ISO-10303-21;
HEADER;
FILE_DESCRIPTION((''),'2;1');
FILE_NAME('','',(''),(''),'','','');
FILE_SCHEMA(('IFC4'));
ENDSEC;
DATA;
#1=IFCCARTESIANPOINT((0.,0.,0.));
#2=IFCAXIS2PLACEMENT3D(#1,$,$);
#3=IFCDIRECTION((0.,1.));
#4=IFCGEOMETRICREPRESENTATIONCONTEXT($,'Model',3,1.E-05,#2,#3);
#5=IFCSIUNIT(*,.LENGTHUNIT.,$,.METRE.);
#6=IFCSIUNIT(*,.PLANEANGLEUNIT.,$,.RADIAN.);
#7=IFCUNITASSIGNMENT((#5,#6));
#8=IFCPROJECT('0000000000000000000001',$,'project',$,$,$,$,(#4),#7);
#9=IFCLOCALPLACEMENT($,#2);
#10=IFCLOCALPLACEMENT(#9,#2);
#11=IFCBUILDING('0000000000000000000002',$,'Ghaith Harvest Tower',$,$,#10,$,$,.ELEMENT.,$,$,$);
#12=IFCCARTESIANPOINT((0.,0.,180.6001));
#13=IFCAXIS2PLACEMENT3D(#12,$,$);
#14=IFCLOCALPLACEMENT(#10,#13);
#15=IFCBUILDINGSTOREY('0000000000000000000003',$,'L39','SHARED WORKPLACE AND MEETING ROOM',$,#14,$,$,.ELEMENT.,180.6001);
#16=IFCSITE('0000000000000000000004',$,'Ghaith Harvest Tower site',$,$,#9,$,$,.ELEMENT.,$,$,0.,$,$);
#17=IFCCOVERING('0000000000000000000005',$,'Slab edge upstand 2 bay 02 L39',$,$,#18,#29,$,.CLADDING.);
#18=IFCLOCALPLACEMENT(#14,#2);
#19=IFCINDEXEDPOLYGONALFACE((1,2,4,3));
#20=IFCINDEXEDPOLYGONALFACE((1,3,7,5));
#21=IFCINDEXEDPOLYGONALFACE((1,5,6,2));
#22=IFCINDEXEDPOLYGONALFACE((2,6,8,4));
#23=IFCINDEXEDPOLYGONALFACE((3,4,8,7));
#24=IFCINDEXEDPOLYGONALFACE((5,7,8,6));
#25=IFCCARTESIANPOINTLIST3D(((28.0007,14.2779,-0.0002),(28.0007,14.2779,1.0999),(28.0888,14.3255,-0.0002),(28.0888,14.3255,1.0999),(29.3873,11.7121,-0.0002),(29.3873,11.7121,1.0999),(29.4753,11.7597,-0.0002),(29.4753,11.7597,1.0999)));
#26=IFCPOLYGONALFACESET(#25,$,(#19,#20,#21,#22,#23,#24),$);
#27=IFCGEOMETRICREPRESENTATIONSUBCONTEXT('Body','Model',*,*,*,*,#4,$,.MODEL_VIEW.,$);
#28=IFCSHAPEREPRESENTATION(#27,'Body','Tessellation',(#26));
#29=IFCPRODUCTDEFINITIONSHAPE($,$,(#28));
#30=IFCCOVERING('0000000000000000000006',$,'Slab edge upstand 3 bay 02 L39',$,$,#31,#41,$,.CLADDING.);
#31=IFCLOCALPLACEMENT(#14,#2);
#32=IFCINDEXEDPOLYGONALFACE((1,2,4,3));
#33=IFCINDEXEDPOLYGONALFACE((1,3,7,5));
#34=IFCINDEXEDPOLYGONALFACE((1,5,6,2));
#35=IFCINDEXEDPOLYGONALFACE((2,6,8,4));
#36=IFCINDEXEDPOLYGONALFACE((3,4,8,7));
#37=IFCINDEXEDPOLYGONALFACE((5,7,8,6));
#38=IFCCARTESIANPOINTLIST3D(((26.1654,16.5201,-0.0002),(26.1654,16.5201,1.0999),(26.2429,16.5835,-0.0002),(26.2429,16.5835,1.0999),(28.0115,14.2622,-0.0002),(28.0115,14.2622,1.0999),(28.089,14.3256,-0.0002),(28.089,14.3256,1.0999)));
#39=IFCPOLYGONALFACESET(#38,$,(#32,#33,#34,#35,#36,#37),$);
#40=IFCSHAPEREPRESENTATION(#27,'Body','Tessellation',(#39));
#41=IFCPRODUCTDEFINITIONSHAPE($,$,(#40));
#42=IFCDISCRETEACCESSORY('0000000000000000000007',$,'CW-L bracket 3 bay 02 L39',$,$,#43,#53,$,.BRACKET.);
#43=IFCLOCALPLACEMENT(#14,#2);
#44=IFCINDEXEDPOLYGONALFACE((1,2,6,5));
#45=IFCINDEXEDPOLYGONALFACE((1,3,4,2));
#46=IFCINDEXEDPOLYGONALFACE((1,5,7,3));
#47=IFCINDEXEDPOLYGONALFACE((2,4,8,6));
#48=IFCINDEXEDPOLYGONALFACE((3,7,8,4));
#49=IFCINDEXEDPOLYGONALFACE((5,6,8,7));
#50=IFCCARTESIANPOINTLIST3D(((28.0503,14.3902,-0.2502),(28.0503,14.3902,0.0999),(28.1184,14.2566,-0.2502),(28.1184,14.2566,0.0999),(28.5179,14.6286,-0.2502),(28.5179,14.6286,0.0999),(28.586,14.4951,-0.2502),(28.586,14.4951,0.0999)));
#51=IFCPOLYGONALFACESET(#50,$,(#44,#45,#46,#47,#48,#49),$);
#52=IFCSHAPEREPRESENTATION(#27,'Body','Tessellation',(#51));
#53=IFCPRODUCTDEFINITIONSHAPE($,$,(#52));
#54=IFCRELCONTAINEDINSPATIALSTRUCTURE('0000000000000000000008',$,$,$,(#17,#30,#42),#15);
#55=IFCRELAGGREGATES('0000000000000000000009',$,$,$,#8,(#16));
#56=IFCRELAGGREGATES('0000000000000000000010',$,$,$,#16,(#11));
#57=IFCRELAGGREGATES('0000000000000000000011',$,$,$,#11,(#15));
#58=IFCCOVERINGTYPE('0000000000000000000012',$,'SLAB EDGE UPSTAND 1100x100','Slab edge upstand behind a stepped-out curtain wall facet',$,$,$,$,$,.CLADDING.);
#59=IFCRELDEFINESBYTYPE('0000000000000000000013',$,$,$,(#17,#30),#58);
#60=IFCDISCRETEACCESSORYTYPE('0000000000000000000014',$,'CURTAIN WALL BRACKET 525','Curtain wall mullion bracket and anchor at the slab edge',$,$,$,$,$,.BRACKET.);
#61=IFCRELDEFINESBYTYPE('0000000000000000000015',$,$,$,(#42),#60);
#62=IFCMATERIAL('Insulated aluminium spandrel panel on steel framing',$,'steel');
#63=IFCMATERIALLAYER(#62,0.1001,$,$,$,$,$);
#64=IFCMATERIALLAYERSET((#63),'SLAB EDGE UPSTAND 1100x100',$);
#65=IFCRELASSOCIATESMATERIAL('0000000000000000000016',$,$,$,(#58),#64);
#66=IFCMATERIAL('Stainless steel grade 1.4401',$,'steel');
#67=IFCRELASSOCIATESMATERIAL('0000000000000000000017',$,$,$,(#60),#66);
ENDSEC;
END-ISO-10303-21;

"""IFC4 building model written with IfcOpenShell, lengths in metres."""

from ifc_helpers import new_model, si_unit, direction, frame, origin, origin_2d, place, context, subcontext, project, spatial, rectangle, extrude, material, layer, layer_set, type_object, element, save


model = new_model("IFC4")

# Units and contexts
model_context = context("Model", 3, precision=1e-05, world=origin(), true_north=direction((0.0, 1.0)))
body_context = subcontext(model_context, "Body", "Model", "MODEL_VIEW")
ifc_project = project(units=[si_unit("LENGTHUNIT", "METRE"), si_unit("PLANEANGLEUNIT", "RADIAN")], contexts=[model_context])

# Site, building, storey
site_placement = place(None, origin())
site = spatial("IfcSite", under=ifc_project, at=site_placement, Name="Ghaith Harvest Tower site", CompositionType="ELEMENT", RefElevation=0.0)
building_placement = place(site_placement, origin())
building = spatial("IfcBuilding", under=site, at=building_placement, Name="Ghaith Harvest Tower", CompositionType="ELEMENT")
storey_placement = place(building_placement, frame((0.0, 0.0, 180.6001)))
storey = spatial("IfcBuildingStorey", under=building, at=storey_placement, Name="L39", Description="SHARED WORKPLACE AND MEETING ROOM", CompositionType="ELEMENT", Elevation=180.6001)

# Coverings
ifc_material_1 = material(Name="Insulated aluminium spandrel panel on steel framing", Category="steel")
ifc_layer_1 = layer(ifc_material_1, 0.1001)
ifc_layer_set_1 = layer_set([ifc_layer_1], Name="SLAB EDGE UPSTAND 1100x100")
covering_type = type_object("IfcCoveringType", Name="SLAB EDGE UPSTAND 1100x100", Description="Slab edge upstand behind a stepped-out curtain wall facet", PredefinedType="CLADDING", material=ifc_layer_set_1)
for number, where, z_axis, x_axis, name in (
    (1, (28.738, 13.0188, -0.0002), (0.0, 0.0, 1.0), (-0.475409, 0.879765, 0.0), "Slab edge upstand 2 bay 02 L39"),
    (2, (27.1272, 15.4229, -0.0002), (0.0, 0.0, 1.0), (-0.63297, 0.774177, 0.0), "Slab edge upstand 3 bay 02 L39"),
):
    element("IfcCovering", number, at=place(storey_placement, frame(where, z_axis=z_axis, x_axis=x_axis)), inside=storey, type_object=covering_type, Name=name, PredefinedType="CLADDING", context=body_context, shape_type="SweptSolid", body=[
        extrude(rectangle(XDim=2.9165, YDim=0.1001, at=origin_2d()), origin(), (0.0, 0.0, 1.0), 1.1001),
    ])

# Discrete accessory
ifc_material_2 = material(Name="Stainless steel grade 1.4401", Category="steel")
discrete_accessory_type = type_object("IfcDiscreteAccessoryType", Name="CURTAIN WALL BRACKET 525", Description="Curtain wall mullion bracket and anchor at the slab edge", PredefinedType="BRACKET", material=ifc_material_2)
discrete_accessory_placement = place(storey_placement, frame((28.3181, 14.4426, -0.2502), z_axis=(0.0, 0.0, 1.0), x_axis=(0.890831, 0.454335, 0.0)))
element("IfcDiscreteAccessory", 3, at=discrete_accessory_placement, inside=storey, type_object=discrete_accessory_type, Name="CW-L bracket 3 bay 02 L39", PredefinedType="BRACKET", context=body_context, shape_type="SweptSolid", body=[
    extrude(rectangle(XDim=0.5249, YDim=0.1499, at=origin_2d()), origin(), (0.0, 0.0, 1.0), 0.3501),
])

save(model, "model.ifc")
